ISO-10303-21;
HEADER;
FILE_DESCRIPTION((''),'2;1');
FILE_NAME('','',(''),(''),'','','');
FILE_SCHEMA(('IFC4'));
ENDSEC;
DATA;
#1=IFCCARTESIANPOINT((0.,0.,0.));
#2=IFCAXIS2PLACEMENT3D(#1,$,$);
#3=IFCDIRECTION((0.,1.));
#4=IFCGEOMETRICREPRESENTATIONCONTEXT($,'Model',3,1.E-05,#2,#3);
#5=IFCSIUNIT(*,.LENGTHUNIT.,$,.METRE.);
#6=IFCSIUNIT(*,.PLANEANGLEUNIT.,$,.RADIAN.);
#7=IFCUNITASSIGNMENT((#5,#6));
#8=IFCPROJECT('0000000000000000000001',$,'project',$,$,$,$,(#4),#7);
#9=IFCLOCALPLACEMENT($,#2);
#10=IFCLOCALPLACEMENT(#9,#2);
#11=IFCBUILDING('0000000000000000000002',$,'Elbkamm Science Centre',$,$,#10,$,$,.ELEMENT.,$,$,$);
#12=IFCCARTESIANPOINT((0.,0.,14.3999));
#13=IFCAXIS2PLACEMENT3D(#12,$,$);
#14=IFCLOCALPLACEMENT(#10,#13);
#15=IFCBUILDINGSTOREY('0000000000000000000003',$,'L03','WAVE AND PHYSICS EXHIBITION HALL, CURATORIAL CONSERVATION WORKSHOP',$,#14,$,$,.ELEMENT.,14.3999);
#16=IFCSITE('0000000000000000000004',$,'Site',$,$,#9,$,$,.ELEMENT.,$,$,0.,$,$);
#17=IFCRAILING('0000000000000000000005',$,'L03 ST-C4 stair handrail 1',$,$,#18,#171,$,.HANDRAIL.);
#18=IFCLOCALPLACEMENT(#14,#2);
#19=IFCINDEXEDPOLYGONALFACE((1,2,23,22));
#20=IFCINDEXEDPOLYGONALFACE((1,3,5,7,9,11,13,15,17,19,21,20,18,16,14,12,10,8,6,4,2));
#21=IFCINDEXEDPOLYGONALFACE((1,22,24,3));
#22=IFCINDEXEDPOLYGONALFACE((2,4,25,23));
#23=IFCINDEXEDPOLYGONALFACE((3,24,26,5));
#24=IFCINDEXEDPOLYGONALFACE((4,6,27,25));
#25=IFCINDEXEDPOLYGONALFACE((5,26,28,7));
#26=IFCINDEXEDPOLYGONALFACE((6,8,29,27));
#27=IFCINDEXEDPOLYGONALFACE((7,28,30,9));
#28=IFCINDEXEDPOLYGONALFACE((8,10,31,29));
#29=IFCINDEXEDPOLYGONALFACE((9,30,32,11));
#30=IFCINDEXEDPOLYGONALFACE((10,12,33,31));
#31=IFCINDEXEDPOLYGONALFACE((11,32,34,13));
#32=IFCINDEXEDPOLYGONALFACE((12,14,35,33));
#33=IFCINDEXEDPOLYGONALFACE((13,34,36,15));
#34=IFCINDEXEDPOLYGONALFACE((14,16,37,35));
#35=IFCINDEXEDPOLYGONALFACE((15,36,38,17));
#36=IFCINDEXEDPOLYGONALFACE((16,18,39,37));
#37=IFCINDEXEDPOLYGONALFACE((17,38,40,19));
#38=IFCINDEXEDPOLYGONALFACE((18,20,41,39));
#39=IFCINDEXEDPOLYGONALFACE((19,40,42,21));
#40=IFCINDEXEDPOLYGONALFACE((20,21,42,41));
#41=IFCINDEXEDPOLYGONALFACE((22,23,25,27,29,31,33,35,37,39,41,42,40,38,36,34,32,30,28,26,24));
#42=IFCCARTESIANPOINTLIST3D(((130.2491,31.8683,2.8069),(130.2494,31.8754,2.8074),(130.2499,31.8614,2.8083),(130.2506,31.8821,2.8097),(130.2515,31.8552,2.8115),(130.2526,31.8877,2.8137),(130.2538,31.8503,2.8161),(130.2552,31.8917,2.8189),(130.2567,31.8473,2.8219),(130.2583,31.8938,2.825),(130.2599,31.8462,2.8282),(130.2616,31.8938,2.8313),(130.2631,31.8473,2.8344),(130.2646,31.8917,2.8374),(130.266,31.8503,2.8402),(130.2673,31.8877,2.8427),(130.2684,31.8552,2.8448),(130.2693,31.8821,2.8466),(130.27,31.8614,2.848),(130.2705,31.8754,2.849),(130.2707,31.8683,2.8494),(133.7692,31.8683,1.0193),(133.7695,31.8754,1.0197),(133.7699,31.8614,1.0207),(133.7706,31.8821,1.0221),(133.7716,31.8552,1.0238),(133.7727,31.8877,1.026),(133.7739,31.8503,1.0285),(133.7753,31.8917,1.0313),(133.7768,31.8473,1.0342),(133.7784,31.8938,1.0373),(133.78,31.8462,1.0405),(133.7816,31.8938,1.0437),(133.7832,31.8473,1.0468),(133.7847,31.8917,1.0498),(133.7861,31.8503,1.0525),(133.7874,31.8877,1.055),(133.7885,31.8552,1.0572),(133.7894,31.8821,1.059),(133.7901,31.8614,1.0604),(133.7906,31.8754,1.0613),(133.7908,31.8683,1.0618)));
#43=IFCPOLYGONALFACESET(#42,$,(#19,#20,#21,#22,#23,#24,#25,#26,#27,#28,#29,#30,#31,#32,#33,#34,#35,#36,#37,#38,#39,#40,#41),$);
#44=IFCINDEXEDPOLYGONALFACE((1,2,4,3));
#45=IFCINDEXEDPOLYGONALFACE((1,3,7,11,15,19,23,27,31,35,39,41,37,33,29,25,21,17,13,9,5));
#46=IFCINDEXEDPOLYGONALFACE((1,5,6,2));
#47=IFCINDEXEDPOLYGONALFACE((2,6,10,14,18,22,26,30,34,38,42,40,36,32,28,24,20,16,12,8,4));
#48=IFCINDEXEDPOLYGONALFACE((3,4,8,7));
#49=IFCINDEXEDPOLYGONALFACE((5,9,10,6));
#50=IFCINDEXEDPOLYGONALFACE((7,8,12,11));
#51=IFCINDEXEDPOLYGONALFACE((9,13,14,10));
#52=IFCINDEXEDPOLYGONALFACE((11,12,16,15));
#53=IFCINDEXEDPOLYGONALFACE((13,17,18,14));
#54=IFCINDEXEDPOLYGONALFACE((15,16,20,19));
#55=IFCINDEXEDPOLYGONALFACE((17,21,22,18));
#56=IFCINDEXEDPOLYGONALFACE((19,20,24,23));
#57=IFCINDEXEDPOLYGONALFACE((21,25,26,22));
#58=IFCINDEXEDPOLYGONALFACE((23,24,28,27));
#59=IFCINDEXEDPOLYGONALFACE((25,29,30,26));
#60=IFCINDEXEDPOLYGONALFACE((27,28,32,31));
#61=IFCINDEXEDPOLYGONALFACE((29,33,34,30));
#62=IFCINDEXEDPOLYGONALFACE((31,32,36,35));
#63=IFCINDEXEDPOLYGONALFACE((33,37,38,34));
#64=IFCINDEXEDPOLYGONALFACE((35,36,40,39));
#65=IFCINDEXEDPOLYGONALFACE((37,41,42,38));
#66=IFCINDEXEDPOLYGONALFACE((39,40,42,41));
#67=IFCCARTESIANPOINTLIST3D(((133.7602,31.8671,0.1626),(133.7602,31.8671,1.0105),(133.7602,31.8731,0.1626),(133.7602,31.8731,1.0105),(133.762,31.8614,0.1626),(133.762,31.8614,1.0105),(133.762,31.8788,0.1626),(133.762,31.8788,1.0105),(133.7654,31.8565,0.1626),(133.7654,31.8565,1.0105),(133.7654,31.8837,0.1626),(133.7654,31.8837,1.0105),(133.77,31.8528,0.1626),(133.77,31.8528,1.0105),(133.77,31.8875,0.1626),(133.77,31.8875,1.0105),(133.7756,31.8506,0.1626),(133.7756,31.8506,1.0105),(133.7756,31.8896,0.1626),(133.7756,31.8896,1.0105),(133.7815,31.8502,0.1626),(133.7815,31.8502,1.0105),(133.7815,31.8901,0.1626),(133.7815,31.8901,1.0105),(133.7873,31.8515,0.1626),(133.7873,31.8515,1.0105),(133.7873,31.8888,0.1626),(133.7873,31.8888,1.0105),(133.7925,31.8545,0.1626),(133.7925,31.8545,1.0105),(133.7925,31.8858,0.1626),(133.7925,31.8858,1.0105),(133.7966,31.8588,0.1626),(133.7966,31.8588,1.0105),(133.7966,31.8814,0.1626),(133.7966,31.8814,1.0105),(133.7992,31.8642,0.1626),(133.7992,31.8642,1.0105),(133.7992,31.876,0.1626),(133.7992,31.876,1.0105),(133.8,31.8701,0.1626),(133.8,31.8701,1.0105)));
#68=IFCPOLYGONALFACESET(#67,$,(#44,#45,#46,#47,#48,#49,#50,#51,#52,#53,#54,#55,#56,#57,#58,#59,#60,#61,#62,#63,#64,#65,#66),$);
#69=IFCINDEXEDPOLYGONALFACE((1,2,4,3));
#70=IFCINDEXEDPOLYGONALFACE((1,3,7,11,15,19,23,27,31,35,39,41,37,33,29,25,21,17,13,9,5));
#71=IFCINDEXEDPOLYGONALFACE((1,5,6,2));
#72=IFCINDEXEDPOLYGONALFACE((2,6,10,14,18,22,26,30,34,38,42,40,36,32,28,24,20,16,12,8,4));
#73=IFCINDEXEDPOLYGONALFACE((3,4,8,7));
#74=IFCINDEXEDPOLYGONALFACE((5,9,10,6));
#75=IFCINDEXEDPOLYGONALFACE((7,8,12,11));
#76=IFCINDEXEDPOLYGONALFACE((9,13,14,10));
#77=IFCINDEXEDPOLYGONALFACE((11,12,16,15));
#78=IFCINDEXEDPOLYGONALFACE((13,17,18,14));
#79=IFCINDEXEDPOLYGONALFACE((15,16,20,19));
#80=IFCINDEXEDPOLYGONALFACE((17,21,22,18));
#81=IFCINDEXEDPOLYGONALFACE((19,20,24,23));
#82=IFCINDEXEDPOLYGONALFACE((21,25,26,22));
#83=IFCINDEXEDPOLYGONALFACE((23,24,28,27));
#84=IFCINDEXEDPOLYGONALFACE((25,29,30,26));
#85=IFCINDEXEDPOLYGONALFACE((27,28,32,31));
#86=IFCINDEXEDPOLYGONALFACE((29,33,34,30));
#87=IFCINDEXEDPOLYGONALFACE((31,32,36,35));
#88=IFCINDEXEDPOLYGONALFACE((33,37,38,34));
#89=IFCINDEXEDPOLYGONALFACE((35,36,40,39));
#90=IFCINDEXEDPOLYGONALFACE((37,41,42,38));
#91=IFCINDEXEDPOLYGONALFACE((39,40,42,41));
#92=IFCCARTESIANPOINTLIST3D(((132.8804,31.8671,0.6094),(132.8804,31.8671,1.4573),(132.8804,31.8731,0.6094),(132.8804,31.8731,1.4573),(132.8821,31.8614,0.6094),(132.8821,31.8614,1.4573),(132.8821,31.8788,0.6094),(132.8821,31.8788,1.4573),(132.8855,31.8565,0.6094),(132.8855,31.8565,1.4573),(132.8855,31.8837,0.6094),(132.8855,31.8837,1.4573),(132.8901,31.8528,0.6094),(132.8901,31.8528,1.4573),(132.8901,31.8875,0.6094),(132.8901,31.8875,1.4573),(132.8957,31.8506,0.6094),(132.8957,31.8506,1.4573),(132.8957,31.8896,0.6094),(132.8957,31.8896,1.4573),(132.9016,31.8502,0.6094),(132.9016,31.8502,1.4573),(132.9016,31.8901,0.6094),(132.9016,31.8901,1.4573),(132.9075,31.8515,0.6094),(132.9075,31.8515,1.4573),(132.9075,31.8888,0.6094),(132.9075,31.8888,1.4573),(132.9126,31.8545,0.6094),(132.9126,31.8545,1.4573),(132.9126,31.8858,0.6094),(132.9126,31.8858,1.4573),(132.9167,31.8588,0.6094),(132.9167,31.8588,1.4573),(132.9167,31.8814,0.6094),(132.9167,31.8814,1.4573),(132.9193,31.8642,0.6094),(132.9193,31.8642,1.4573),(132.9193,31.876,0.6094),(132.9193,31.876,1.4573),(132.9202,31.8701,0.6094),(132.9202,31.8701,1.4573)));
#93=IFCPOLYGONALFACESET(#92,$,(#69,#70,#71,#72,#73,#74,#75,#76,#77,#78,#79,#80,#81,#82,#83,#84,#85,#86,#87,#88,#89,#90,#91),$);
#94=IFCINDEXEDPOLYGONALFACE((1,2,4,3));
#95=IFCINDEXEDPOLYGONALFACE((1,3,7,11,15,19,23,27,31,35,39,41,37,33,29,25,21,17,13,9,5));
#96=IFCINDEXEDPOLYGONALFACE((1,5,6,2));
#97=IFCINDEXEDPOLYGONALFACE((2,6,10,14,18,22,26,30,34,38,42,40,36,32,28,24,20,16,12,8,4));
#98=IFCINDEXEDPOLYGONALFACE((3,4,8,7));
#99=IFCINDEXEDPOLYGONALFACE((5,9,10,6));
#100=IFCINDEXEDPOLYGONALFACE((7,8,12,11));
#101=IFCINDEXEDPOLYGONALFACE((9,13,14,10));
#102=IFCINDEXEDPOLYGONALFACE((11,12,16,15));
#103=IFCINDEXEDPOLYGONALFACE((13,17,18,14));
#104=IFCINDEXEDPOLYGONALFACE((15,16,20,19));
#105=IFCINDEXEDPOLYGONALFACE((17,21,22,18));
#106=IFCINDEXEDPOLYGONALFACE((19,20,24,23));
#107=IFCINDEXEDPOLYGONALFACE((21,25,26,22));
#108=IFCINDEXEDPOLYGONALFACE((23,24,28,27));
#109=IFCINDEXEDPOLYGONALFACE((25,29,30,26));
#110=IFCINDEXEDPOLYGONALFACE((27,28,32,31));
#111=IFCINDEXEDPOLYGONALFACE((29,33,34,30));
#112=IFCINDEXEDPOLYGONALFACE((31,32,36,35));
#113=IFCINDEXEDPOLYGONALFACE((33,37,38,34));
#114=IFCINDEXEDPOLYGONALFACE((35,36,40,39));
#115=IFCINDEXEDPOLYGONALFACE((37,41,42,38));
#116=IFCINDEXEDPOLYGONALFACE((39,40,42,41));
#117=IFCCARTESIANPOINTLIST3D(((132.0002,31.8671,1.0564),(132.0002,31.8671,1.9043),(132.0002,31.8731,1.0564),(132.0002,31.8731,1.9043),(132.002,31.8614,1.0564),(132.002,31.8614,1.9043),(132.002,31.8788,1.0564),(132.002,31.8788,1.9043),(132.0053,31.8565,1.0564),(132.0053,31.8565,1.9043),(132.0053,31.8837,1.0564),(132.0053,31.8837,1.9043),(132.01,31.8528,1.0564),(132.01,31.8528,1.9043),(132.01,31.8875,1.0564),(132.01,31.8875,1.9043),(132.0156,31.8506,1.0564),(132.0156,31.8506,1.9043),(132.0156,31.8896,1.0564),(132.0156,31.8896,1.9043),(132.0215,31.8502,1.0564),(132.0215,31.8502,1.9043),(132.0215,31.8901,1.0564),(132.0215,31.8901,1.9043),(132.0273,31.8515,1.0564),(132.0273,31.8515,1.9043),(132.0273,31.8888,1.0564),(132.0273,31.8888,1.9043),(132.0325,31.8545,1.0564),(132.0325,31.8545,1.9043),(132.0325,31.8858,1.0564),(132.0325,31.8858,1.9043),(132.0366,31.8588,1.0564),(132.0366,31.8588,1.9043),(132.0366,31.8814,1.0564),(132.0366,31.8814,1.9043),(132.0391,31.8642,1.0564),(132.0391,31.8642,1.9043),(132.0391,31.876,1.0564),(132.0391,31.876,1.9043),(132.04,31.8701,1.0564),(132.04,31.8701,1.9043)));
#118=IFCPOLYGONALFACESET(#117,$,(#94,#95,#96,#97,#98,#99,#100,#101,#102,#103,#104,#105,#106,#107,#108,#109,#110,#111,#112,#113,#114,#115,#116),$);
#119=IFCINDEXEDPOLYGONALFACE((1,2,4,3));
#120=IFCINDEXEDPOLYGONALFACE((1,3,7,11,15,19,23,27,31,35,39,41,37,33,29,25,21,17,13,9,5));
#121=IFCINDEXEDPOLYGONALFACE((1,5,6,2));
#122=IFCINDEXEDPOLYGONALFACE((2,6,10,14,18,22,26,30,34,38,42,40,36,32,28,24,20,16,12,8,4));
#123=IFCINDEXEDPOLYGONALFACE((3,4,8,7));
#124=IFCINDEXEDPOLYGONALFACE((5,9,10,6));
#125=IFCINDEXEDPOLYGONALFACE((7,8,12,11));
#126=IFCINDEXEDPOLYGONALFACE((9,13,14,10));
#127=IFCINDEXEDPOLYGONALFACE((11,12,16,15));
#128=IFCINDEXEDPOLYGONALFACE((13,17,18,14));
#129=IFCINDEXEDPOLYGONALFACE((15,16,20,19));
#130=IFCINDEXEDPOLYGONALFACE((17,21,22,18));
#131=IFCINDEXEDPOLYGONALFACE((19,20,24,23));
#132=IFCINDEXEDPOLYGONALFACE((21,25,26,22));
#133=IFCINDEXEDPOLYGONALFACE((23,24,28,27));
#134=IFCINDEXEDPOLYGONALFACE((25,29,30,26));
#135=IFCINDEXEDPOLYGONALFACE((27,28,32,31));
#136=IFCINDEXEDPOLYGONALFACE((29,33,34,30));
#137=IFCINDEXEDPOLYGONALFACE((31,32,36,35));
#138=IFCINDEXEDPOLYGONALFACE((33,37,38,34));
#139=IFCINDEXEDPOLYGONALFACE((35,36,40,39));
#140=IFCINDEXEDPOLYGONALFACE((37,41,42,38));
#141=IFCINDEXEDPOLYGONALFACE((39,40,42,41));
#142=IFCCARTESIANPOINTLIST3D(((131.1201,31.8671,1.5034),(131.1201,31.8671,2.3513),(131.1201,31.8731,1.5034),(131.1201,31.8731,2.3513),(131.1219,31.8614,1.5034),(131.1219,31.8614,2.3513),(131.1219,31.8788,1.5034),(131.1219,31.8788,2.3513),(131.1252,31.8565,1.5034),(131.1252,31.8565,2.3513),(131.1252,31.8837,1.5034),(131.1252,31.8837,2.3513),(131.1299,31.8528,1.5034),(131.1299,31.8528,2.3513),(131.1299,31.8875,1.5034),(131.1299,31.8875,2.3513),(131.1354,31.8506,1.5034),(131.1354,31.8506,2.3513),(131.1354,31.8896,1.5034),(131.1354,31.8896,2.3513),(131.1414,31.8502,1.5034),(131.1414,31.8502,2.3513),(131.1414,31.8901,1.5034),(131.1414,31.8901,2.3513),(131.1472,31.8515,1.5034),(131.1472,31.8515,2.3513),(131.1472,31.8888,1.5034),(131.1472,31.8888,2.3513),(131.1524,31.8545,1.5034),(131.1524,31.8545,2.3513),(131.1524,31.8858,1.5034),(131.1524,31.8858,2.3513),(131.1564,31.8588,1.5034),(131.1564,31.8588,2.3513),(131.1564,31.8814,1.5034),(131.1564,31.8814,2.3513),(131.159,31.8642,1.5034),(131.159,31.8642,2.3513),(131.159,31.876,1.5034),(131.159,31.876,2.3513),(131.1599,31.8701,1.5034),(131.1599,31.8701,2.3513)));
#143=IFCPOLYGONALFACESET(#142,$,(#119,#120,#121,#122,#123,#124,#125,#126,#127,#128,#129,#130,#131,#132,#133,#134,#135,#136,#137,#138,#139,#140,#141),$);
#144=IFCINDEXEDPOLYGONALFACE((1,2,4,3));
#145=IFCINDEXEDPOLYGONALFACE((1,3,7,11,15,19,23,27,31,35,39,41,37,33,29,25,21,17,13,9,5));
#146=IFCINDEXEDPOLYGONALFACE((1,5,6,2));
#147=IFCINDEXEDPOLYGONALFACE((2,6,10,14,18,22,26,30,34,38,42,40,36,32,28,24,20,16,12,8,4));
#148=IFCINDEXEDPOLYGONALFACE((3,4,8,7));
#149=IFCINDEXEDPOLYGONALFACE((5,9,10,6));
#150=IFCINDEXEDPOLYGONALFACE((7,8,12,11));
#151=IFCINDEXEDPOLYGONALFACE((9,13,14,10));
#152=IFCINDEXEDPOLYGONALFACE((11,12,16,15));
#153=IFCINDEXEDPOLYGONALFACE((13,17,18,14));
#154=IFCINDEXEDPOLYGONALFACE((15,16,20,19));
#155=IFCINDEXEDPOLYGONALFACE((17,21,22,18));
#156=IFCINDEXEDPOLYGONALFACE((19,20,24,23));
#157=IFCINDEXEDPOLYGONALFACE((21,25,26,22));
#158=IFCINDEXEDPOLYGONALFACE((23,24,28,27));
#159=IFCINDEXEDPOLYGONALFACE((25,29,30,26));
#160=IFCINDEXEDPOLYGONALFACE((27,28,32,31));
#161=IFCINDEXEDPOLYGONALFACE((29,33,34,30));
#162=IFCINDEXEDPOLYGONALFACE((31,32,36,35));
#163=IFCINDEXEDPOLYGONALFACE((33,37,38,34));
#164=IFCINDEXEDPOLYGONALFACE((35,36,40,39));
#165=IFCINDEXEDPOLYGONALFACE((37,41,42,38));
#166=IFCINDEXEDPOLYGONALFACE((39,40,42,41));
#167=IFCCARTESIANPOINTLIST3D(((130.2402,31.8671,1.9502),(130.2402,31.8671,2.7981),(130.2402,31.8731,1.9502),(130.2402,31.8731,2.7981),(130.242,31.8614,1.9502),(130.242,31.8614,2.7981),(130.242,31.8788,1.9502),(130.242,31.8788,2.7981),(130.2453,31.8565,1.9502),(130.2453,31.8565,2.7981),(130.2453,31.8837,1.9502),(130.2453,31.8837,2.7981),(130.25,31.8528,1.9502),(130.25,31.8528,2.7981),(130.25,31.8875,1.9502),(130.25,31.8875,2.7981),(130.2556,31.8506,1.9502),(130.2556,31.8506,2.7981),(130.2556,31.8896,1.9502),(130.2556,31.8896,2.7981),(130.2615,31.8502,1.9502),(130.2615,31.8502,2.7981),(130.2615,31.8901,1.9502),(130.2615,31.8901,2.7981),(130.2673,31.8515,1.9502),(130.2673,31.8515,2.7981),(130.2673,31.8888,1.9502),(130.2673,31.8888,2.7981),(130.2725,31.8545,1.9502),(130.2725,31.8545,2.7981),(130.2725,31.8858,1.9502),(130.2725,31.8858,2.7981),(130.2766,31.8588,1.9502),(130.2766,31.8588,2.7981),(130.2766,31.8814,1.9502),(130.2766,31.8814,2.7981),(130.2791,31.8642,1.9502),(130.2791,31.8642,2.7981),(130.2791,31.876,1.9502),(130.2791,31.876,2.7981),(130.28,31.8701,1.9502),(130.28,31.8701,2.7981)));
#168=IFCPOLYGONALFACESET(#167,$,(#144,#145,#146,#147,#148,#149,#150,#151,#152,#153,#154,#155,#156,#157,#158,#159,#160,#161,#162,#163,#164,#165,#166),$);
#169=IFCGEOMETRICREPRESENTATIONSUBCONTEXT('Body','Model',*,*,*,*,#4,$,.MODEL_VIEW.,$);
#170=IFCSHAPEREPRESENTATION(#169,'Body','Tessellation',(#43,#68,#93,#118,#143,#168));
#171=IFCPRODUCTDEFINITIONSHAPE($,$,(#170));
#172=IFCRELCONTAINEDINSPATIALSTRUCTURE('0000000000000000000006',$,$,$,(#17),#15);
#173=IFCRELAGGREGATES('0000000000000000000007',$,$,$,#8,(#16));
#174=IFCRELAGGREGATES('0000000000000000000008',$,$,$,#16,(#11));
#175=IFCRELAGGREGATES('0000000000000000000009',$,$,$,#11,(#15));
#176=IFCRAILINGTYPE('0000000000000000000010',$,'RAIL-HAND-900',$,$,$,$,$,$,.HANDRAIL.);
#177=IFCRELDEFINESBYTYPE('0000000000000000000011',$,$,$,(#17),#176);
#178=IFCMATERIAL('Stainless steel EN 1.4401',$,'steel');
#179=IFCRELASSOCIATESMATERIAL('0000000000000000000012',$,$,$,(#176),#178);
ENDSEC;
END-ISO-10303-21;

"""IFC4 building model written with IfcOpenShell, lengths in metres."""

from ifc_helpers import new_model, si_unit, direction, frame, origin, origin_2d, place, context, subcontext, project, spatial, circle, extrude, material, type_object, element, save


model = new_model("IFC4")

# Units and contexts
model_context = context("Model", 3, precision=1e-05, world=origin(), true_north=direction((0.0, 1.0)))
body_context = subcontext(model_context, "Body", "Model", "MODEL_VIEW")
ifc_project = project(units=[si_unit("LENGTHUNIT", "METRE"), si_unit("PLANEANGLEUNIT", "RADIAN")], contexts=[model_context])

# Site, building, storey
site_placement = place(None, origin())
site = spatial("IfcSite", under=ifc_project, at=site_placement, Name="Site", CompositionType="ELEMENT", RefElevation=0.0)
building_placement = place(site_placement, origin())
building = spatial("IfcBuilding", under=site, at=building_placement, Name="Elbkamm Science Centre", CompositionType="ELEMENT")
storey_placement = place(building_placement, frame((0.0, 0.0, 14.3999)))
storey = spatial("IfcBuildingStorey", under=building, at=storey_placement, Name="L03", Description="WAVE AND PHYSICS EXHIBITION HALL, CURATORIAL CONSERVATION WORKSHOP", CompositionType="ELEMENT", Elevation=14.3999)

# Railing
ifc_material_1 = material(Name="Stainless steel EN 1.4401", Category="steel")
railing_type_1 = type_object("IfcRailingType", Name="RAIL-HAND-900", PredefinedType="HANDRAIL", material=ifc_material_1)
railing_1_placement = place(storey_placement, frame((133.78, 31.8701, 0.1626)))
element("IfcRailing", 1, at=railing_1_placement, inside=storey, type_object=railing_type_1, Name="L03 ST-C4 stair handrail 1", PredefinedType="HANDRAIL", context=body_context, shape_type="SweptSolid", body=[
    extrude(circle(Radius=0.0239, at=origin_2d()), frame((0.0, 0.0, 0.8779), z_axis=(-0.891615, 0.0, 0.452795), x_axis=(0.0, -1.0, 0.0)), (0.0, 0.0, 1.0), 3.948),
    extrude(circle(Radius=0.02, at=origin_2d()), origin(), (0.0, 0.0, 1.0), 0.8479),
    extrude(circle(Radius=0.02, at=origin_2d()), frame((-0.8799, 0.0, 0.4468)), (0.0, 0.0, 1.0), 0.8479),
    extrude(circle(Radius=0.02, at=origin_2d()), frame((-1.76, 0.0, 0.8938)), (0.0, 0.0, 1.0), 0.8479),
    extrude(circle(Radius=0.02, at=origin_2d()), frame((-2.6401, 0.0, 1.3408)), (0.0, 0.0, 1.0), 0.8479),
    extrude(circle(Radius=0.02, at=origin_2d()), frame((-3.52, 0.0, 1.7876)), (0.0, 0.0, 1.0), 0.8479),
])

save(model, "model.ifc")
